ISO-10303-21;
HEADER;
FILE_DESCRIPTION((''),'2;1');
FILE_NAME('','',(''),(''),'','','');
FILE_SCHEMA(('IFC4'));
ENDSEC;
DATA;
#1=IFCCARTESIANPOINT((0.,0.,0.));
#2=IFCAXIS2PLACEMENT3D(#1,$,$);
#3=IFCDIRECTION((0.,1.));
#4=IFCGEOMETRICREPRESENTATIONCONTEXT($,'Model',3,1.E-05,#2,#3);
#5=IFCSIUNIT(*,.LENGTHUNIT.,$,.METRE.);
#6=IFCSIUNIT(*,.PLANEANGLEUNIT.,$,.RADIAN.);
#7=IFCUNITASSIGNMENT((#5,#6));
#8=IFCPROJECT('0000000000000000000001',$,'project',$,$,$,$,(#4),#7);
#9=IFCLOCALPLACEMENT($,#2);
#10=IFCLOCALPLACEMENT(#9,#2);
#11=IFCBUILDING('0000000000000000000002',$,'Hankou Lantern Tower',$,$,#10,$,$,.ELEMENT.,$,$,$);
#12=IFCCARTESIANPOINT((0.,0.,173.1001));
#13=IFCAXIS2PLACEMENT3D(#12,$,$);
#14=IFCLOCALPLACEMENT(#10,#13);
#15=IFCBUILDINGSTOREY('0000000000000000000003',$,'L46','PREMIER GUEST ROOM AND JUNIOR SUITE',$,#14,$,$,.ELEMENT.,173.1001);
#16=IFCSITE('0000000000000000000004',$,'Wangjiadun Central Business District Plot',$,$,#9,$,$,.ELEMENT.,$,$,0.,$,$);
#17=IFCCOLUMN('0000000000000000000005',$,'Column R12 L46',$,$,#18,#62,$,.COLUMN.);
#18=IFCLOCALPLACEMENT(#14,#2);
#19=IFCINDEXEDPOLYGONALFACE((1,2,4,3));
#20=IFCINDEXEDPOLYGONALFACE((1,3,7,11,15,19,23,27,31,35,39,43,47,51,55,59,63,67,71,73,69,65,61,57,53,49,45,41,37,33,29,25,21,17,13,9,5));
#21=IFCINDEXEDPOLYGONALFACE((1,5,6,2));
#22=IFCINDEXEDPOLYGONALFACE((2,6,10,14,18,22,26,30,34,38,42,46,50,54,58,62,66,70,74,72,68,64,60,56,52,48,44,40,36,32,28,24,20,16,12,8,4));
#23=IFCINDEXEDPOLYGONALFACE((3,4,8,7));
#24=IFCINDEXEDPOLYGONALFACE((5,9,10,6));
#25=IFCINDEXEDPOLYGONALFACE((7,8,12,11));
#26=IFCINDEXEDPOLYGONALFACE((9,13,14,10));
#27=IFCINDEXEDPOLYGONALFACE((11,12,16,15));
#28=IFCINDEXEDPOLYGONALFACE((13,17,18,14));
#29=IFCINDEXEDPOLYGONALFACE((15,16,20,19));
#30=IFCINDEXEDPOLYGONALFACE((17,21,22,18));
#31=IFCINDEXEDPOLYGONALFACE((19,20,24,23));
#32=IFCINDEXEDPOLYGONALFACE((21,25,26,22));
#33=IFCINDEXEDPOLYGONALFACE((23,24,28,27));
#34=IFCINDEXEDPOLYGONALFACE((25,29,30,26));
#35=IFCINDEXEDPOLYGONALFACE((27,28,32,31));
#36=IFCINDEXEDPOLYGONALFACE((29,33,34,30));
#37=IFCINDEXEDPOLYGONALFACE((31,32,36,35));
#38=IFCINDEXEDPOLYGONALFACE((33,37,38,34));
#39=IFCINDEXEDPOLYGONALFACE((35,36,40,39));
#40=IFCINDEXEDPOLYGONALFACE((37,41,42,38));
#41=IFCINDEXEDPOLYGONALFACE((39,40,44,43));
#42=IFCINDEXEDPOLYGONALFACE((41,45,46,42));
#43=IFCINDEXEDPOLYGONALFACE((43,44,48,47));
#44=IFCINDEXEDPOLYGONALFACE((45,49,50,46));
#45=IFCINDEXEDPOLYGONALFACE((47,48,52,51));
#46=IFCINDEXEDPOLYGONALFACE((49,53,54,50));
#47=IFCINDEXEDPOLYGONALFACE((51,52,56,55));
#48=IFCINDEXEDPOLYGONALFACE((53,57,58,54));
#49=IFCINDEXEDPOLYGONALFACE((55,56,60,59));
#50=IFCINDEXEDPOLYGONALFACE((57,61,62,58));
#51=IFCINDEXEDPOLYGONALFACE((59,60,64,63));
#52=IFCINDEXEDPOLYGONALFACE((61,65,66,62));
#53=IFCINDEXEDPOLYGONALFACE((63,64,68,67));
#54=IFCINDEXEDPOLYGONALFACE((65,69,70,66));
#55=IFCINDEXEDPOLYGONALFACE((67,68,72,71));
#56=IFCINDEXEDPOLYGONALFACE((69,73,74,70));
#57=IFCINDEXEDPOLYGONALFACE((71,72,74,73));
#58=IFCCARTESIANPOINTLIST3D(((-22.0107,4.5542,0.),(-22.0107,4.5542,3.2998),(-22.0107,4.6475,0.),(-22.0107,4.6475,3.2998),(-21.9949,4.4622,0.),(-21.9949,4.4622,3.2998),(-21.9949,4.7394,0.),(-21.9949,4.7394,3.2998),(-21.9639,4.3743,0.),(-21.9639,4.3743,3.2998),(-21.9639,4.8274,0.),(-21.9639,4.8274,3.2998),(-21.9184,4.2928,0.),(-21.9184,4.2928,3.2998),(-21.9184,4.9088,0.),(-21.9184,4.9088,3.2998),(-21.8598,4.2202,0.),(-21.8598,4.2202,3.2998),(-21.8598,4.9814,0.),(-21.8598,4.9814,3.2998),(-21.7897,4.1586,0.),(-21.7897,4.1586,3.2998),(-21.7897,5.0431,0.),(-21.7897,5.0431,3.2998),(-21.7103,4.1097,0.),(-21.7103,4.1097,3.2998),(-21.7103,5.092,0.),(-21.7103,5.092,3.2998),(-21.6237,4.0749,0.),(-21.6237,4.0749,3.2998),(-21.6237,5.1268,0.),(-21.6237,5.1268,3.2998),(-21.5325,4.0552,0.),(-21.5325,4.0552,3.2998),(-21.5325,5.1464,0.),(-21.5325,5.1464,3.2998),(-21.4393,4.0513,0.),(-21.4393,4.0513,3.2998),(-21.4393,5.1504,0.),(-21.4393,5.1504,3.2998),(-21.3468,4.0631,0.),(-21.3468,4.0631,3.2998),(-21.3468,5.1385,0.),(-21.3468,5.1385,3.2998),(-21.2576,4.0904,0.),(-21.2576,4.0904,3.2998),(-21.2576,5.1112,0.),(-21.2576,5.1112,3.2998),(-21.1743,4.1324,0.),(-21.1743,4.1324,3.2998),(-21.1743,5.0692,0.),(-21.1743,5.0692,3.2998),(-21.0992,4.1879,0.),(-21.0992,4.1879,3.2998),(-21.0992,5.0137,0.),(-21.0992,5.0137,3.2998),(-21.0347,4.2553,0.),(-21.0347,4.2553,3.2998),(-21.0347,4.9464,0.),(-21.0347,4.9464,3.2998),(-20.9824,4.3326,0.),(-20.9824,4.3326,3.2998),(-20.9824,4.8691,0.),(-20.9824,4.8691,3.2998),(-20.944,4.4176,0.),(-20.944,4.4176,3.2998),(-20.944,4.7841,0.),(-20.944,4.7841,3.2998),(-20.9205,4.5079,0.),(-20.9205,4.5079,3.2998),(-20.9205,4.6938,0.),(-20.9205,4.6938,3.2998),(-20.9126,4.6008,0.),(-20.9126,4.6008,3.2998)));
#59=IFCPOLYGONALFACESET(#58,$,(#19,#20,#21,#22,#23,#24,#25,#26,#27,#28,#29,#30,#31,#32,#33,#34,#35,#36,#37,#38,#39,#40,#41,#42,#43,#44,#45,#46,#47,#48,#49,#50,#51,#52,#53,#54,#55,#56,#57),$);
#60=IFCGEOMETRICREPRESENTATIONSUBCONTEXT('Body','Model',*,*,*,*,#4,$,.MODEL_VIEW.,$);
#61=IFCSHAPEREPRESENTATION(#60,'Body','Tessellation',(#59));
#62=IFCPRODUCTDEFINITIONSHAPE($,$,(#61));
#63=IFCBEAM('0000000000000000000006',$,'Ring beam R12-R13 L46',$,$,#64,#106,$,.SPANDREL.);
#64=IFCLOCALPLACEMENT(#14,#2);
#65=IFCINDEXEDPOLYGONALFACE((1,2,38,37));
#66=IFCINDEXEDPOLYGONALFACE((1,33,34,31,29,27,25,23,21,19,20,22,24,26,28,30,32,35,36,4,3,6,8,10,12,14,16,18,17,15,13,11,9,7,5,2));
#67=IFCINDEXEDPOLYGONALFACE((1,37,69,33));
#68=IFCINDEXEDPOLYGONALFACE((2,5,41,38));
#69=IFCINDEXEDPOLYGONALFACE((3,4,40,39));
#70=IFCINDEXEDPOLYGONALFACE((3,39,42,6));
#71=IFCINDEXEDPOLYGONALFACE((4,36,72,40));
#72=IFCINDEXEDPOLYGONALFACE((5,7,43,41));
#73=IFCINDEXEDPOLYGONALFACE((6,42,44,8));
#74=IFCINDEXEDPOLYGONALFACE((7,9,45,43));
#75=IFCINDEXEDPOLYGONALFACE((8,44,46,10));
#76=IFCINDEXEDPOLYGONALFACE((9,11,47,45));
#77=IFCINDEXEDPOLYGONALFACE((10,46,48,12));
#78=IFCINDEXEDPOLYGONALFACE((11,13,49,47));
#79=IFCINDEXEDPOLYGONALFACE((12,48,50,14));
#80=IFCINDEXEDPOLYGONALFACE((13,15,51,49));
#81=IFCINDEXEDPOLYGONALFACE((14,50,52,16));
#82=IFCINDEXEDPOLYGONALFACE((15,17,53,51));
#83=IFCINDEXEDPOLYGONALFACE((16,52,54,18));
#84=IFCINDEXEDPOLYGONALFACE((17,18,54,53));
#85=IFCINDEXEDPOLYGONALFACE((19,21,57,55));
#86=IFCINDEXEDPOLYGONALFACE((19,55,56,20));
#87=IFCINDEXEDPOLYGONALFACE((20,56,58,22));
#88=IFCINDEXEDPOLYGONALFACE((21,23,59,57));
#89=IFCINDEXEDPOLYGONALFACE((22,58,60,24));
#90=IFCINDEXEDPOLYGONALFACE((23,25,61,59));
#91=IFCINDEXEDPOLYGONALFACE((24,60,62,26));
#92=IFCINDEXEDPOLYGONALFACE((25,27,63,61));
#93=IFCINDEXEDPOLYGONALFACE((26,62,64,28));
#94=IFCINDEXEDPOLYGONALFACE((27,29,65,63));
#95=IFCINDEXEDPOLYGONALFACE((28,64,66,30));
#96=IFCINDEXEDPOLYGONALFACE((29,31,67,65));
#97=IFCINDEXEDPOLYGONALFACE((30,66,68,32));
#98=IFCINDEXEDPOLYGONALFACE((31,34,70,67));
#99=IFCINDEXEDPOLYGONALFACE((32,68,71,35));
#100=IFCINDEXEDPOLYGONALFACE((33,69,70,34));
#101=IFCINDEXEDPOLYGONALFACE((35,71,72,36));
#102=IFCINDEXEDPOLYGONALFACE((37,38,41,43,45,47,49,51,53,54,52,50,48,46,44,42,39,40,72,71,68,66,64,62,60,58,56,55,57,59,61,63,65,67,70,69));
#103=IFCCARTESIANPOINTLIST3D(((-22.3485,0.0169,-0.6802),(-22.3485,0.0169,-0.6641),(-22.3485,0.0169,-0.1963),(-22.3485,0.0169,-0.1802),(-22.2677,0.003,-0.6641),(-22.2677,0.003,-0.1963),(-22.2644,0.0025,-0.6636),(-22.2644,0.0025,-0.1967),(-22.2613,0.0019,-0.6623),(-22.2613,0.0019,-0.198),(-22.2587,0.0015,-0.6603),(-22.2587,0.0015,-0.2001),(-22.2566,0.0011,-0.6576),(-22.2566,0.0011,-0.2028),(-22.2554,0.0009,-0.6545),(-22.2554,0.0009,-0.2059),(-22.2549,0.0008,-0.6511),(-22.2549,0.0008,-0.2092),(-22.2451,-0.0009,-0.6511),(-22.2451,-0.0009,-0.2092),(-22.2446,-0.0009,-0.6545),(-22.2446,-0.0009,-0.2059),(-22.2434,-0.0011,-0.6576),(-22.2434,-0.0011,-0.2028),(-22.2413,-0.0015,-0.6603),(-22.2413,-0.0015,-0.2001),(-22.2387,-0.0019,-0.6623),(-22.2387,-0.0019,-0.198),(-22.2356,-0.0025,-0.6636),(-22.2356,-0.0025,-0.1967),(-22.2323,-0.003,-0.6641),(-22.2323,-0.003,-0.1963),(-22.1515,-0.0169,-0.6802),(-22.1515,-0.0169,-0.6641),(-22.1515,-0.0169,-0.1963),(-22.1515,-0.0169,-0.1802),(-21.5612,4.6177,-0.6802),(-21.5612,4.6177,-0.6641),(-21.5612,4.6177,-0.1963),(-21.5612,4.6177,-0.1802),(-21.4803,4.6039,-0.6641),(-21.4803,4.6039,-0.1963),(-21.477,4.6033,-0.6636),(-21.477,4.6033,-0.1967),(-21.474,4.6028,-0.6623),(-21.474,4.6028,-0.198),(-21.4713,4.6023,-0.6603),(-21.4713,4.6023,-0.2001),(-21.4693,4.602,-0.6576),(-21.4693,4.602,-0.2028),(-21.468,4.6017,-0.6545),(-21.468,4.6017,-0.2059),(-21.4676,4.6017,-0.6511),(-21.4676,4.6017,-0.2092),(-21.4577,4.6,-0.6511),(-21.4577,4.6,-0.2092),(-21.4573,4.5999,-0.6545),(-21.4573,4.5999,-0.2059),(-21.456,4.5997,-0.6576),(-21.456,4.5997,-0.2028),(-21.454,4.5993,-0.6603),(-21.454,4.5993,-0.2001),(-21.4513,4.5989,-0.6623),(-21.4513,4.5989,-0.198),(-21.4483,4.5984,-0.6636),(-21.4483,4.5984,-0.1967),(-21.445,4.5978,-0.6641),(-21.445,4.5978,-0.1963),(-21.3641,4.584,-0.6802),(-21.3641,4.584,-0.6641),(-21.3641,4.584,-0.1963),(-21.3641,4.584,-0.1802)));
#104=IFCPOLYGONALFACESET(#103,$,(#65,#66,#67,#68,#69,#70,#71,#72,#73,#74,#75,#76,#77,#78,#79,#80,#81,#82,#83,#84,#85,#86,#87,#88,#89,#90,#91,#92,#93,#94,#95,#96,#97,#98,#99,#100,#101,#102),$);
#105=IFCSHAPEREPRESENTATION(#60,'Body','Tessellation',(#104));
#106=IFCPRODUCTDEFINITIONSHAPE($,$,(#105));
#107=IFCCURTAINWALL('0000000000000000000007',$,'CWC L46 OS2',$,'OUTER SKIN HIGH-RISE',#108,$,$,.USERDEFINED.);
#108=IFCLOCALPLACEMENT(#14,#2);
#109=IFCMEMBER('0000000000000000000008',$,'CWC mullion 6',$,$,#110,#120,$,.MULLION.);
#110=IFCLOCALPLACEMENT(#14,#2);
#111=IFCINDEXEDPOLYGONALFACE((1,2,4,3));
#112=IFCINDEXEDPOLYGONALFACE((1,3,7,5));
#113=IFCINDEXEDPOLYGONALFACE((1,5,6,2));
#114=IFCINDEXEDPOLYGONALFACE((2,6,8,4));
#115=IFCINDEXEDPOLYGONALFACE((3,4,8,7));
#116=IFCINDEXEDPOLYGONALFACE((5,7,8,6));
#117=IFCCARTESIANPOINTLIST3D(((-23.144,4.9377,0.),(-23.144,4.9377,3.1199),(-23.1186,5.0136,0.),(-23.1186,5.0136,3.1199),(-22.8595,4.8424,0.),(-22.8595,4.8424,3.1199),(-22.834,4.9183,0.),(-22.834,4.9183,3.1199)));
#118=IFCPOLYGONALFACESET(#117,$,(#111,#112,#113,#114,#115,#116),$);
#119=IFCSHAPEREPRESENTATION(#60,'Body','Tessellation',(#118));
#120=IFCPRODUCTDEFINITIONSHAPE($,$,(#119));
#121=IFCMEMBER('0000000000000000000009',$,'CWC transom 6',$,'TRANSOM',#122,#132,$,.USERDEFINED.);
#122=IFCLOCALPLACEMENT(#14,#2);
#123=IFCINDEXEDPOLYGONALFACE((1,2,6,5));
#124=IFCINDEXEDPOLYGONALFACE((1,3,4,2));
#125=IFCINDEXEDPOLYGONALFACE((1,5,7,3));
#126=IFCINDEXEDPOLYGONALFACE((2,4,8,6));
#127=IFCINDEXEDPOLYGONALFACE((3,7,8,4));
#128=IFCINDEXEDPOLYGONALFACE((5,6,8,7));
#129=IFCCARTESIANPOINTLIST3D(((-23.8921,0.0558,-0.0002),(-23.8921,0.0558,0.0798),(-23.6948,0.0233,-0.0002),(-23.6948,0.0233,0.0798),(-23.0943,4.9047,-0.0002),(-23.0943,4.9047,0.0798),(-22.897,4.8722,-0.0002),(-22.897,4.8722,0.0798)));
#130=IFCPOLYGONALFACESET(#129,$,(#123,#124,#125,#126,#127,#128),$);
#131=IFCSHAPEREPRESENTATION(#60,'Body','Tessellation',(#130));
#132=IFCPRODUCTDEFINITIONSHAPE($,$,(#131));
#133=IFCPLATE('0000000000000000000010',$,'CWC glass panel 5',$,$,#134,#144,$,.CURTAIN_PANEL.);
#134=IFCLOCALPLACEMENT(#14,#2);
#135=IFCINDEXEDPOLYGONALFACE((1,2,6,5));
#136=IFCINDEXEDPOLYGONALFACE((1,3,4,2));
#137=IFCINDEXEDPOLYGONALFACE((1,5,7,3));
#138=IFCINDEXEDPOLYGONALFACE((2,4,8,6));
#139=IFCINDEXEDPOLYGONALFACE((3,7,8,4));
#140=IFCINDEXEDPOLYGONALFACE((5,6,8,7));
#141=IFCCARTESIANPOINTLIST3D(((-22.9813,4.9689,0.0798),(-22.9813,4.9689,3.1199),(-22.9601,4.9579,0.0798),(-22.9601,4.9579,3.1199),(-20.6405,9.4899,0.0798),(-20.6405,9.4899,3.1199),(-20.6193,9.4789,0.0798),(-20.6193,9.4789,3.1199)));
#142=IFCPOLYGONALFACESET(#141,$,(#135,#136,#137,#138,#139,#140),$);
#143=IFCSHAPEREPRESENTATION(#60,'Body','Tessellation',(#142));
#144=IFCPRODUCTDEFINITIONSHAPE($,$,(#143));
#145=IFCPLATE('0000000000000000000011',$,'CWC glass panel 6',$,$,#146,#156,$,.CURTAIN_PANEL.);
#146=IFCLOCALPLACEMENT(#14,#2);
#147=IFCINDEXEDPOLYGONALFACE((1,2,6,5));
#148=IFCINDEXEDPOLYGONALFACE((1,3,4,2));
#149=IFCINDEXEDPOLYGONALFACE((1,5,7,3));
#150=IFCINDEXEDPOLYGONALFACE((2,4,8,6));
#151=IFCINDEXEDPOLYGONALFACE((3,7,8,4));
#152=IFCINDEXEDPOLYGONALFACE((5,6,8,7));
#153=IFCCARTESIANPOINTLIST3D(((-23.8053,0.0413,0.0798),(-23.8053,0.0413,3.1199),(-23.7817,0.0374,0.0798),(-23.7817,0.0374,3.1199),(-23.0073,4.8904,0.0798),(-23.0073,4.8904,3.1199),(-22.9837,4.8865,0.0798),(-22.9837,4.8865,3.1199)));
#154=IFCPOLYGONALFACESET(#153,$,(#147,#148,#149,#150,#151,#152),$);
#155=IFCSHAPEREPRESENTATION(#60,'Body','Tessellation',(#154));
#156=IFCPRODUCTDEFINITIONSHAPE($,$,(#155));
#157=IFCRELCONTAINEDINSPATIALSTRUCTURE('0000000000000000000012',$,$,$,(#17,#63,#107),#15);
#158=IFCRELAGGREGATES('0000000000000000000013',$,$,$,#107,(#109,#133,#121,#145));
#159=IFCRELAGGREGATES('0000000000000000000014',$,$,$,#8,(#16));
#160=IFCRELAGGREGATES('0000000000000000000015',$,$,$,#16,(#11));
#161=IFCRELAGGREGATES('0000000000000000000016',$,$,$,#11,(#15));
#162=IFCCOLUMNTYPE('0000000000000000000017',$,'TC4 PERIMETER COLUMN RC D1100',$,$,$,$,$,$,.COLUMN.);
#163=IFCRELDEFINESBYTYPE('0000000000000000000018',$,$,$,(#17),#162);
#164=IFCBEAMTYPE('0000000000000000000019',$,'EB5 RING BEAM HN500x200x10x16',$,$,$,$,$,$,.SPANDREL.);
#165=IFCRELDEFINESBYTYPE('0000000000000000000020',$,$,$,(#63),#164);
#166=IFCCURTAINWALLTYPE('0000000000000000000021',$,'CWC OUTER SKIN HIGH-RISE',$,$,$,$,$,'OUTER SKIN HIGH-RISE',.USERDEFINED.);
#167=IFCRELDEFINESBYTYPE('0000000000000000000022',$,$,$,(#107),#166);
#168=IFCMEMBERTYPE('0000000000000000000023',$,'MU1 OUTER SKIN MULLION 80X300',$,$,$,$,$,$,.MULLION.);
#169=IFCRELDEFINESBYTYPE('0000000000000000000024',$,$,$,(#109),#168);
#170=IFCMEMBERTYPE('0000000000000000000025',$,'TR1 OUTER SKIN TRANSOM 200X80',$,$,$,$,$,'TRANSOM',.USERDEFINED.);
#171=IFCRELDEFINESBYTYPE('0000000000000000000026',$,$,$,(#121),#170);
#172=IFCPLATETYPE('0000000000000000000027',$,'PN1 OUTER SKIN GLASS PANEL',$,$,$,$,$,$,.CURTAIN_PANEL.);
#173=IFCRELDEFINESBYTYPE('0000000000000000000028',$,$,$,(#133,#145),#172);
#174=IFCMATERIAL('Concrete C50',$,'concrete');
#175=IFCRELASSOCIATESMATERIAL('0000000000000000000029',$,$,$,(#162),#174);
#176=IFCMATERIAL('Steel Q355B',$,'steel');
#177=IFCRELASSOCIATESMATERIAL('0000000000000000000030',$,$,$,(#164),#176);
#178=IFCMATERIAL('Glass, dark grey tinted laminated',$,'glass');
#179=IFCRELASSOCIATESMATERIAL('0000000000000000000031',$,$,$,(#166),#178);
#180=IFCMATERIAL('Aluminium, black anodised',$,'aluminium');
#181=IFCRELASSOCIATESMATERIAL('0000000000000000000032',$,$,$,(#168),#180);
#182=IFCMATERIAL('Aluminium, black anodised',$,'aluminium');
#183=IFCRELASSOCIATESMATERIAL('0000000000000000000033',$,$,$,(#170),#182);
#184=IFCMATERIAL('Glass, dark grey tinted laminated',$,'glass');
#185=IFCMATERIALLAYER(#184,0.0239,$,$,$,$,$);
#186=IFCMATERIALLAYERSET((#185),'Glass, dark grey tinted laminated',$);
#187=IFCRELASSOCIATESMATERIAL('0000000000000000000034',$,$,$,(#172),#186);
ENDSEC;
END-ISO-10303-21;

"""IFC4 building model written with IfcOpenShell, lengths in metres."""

from ifc_helpers import new_model, si_unit, direction, frame, origin, origin_2d, place, context, subcontext, project, spatial, rectangle, circle, i_section, extrude, material, layer, layer_set, material_profile, profile_set, type_object, element, aggregate, save


model = new_model("IFC4")

# Units and contexts
model_context = context("Model", 3, precision=1e-05, world=origin(), true_north=direction((0.0, 1.0)))
body_context = subcontext(model_context, "Body", "Model", "MODEL_VIEW")
ifc_project = project(units=[si_unit("LENGTHUNIT", "METRE"), si_unit("PLANEANGLEUNIT", "RADIAN")], contexts=[model_context])

# Site, building, storey
site_placement = place(None, origin())
site = spatial("IfcSite", under=ifc_project, at=site_placement, Name="Wangjiadun Central Business District Plot", CompositionType="ELEMENT", RefElevation=0.0)
building_placement = place(site_placement, origin())
building = spatial("IfcBuilding", under=site, at=building_placement, Name="Hankou Lantern Tower", CompositionType="ELEMENT")
storey_placement = place(building_placement, frame((0.0, 0.0, 173.1001)))
storey = spatial("IfcBuildingStorey", under=building, at=storey_placement, Name="L46", Description="PREMIER GUEST ROOM AND JUNIOR SUITE", CompositionType="ELEMENT", Elevation=173.1001)

# Column
ifc_material_1 = material(Name="Concrete C50", Category="concrete")
ifc_material_profile_1 = material_profile(ifc_material_1, circle(Radius=0.55, at=origin_2d()), Name="RC D1100")
ifc_profile_set_1 = profile_set([ifc_material_profile_1], Name="Concrete C50")
column_type = type_object("IfcColumnType", Name="TC4 PERIMETER COLUMN RC D1100", PredefinedType="COLUMN", material=ifc_profile_set_1)
column_placement = place(storey_placement, frame((-21.4626, 4.6008, 0.0), z_axis=(0.0, 0.0, 1.0), x_axis=(1.0, 0.0, 0.0)))
element("IfcColumn", 1, at=column_placement, inside=storey, type_object=column_type, Name="Column R12 L46", PredefinedType="COLUMN", context=body_context, shape_type="SweptSolid", body=[
    extrude(circle(Radius=0.55, at=origin_2d()), origin(), (0.0, 0.0, 1.0), 3.2998),
])

# Beam
ifc_material_2 = material(Name="Steel Q355B", Category="steel")
ifc_material_profile_2 = material_profile(ifc_material_2, i_section(OverallWidth=0.2, OverallDepth=0.5, WebThickness=0.01, FlangeThickness=0.0161, FilletRadius=0.0129, at=origin_2d()), Name="HN500x200x10x16")
ifc_profile_set_2 = profile_set([ifc_material_profile_2], Name="Steel Q355B")
beam_type = type_object("IfcBeamType", Name="EB5 RING BEAM HN500x200x10x16", PredefinedType="SPANDREL", material=ifc_profile_set_2)
beam_placement = place(storey_placement, frame((-21.4626, 4.6008, -0.4302), z_axis=(-0.168681, -0.985671, 0.0), x_axis=(0.985671, -0.168681, 0.0)))
element("IfcBeam", 2, at=beam_placement, inside=storey, type_object=beam_type, Name="Ring beam R12-R13 L46", PredefinedType="SPANDREL", context=body_context, shape_type="SweptSolid", body=[
    extrude(i_section(OverallWidth=0.2, OverallDepth=0.5, WebThickness=0.01, FlangeThickness=0.0161, FilletRadius=0.0129, at=origin_2d()), origin(), (0.0, 0.0, 1.0), 4.6677),
])

# Curtain wall, members, plates
ifc_material_3 = material(Name="Glass, dark grey tinted laminated", Category="glass")
curtain_wall_type = type_object("IfcCurtainWallType", Name="CWC OUTER SKIN HIGH-RISE", ElementType="OUTER SKIN HIGH-RISE", PredefinedType="USERDEFINED", material=ifc_material_3)
curtain_wall_placement = place(storey_placement, origin())
curtain_wall = element("IfcCurtainWall", 3, at=curtain_wall_placement, inside=storey, type_object=curtain_wall_type, Name="CWC L46 OS2", ObjectType="OUTER SKIN HIGH-RISE", PredefinedType="USERDEFINED")
ifc_material_4 = material(Name="Aluminium, black anodised", Category="aluminium")
ifc_material_profile_3 = material_profile(ifc_material_4, rectangle(XDim=0.0801, YDim=0.3, at=origin_2d()), Name="MU1 80X300")
ifc_profile_set_3 = profile_set([ifc_material_profile_3], Name="Aluminium, black anodised")
member_type_1 = type_object("IfcMemberType", Name="MU1 OUTER SKIN MULLION 80X300", PredefinedType="MULLION", material=ifc_profile_set_3)
member_1_placement = place(storey_placement, frame((-22.989, 4.928, 0.0), z_axis=(0.0, 0.0, 1.0), x_axis=(-0.317596, -0.948226, 0.0)))
member_1 = element("IfcMember", 4, at=member_1_placement, type_object=member_type_1, Name="CWC mullion 6", PredefinedType="MULLION", context=body_context, shape_type="SweptSolid", body=[
    extrude(rectangle(XDim=0.0801, YDim=0.3, at=origin_2d()), origin(), (0.0, 0.0, 1.0), 3.1199),
])
ifc_material_5 = material(Name="Aluminium, black anodised", Category="aluminium")
ifc_material_profile_4 = material_profile(ifc_material_5, rectangle(XDim=0.2, YDim=0.0801, at=origin_2d()), Name="TR1 200X80")
ifc_profile_set_4 = profile_set([ifc_material_profile_4], Name="Aluminium, black anodised")
member_type_2 = type_object("IfcMemberType", Name="TR1 OUTER SKIN TRANSOM 200X80", ElementType="TRANSOM", PredefinedType="USERDEFINED", material=ifc_profile_set_4)
member_2_placement = place(storey_placement, frame((-22.9956, 4.8884, 0.0398), z_axis=(-0.16236, -0.986732, 0.0), x_axis=(0.986732, -0.16236, 0.0)))
member_2 = element("IfcMember", 5, at=member_2_placement, type_object=member_type_2, Name="CWC transom 6", ObjectType="TRANSOM", PredefinedType="USERDEFINED", context=body_context, shape_type="SweptSolid", body=[
    extrude(rectangle(XDim=0.2, YDim=0.0801, at=origin_2d()), origin(), (0.0, 0.0, 1.0), 4.9141),
])
ifc_material_6 = material(Name="Glass, dark grey tinted laminated", Category="glass")
ifc_layer_1 = layer(ifc_material_6, 0.0239)
ifc_layer_set_1 = layer_set([ifc_layer_1], Name="Glass, dark grey tinted laminated")
plate_type = type_object("IfcPlateType", Name="PN1 OUTER SKIN GLASS PANEL", PredefinedType="CURTAIN_PANEL", material=ifc_layer_set_1)
plate_1_placement = place(storey_placement, frame((-21.8003, 7.2239, 0.0798), z_axis=(0.0, 0.0, 1.0), x_axis=(-0.459791, -0.888027, 0.0)))
plate_1 = element("IfcPlate", 6, at=plate_1_placement, type_object=plate_type, Name="CWC glass panel 5", PredefinedType="CURTAIN_PANEL", context=body_context, shape_type="SweptSolid", body=[
    extrude(rectangle(XDim=5.0911, YDim=0.0239, at=origin_2d()), origin(), (0.0, 0.0, 1.0), 3.04),
])
plate_2_placement = place(storey_placement, frame((-23.3945, 2.4639, 0.0798), z_axis=(0.0, 0.0, 1.0), x_axis=(-0.162382, -0.986728, 0.0)))
plate_2 = element("IfcPlate", 7, at=plate_2_placement, type_object=plate_type, Name="CWC glass panel 6", PredefinedType="CURTAIN_PANEL", context=body_context, shape_type="SweptSolid", body=[
    extrude(rectangle(XDim=4.9143, YDim=0.0239, at=origin_2d()), origin(), (0.0, 0.0, 1.0), 3.04),
])
aggregate(curtain_wall, [member_1, plate_1, member_2, plate_2])

save(model, "model.ifc")
